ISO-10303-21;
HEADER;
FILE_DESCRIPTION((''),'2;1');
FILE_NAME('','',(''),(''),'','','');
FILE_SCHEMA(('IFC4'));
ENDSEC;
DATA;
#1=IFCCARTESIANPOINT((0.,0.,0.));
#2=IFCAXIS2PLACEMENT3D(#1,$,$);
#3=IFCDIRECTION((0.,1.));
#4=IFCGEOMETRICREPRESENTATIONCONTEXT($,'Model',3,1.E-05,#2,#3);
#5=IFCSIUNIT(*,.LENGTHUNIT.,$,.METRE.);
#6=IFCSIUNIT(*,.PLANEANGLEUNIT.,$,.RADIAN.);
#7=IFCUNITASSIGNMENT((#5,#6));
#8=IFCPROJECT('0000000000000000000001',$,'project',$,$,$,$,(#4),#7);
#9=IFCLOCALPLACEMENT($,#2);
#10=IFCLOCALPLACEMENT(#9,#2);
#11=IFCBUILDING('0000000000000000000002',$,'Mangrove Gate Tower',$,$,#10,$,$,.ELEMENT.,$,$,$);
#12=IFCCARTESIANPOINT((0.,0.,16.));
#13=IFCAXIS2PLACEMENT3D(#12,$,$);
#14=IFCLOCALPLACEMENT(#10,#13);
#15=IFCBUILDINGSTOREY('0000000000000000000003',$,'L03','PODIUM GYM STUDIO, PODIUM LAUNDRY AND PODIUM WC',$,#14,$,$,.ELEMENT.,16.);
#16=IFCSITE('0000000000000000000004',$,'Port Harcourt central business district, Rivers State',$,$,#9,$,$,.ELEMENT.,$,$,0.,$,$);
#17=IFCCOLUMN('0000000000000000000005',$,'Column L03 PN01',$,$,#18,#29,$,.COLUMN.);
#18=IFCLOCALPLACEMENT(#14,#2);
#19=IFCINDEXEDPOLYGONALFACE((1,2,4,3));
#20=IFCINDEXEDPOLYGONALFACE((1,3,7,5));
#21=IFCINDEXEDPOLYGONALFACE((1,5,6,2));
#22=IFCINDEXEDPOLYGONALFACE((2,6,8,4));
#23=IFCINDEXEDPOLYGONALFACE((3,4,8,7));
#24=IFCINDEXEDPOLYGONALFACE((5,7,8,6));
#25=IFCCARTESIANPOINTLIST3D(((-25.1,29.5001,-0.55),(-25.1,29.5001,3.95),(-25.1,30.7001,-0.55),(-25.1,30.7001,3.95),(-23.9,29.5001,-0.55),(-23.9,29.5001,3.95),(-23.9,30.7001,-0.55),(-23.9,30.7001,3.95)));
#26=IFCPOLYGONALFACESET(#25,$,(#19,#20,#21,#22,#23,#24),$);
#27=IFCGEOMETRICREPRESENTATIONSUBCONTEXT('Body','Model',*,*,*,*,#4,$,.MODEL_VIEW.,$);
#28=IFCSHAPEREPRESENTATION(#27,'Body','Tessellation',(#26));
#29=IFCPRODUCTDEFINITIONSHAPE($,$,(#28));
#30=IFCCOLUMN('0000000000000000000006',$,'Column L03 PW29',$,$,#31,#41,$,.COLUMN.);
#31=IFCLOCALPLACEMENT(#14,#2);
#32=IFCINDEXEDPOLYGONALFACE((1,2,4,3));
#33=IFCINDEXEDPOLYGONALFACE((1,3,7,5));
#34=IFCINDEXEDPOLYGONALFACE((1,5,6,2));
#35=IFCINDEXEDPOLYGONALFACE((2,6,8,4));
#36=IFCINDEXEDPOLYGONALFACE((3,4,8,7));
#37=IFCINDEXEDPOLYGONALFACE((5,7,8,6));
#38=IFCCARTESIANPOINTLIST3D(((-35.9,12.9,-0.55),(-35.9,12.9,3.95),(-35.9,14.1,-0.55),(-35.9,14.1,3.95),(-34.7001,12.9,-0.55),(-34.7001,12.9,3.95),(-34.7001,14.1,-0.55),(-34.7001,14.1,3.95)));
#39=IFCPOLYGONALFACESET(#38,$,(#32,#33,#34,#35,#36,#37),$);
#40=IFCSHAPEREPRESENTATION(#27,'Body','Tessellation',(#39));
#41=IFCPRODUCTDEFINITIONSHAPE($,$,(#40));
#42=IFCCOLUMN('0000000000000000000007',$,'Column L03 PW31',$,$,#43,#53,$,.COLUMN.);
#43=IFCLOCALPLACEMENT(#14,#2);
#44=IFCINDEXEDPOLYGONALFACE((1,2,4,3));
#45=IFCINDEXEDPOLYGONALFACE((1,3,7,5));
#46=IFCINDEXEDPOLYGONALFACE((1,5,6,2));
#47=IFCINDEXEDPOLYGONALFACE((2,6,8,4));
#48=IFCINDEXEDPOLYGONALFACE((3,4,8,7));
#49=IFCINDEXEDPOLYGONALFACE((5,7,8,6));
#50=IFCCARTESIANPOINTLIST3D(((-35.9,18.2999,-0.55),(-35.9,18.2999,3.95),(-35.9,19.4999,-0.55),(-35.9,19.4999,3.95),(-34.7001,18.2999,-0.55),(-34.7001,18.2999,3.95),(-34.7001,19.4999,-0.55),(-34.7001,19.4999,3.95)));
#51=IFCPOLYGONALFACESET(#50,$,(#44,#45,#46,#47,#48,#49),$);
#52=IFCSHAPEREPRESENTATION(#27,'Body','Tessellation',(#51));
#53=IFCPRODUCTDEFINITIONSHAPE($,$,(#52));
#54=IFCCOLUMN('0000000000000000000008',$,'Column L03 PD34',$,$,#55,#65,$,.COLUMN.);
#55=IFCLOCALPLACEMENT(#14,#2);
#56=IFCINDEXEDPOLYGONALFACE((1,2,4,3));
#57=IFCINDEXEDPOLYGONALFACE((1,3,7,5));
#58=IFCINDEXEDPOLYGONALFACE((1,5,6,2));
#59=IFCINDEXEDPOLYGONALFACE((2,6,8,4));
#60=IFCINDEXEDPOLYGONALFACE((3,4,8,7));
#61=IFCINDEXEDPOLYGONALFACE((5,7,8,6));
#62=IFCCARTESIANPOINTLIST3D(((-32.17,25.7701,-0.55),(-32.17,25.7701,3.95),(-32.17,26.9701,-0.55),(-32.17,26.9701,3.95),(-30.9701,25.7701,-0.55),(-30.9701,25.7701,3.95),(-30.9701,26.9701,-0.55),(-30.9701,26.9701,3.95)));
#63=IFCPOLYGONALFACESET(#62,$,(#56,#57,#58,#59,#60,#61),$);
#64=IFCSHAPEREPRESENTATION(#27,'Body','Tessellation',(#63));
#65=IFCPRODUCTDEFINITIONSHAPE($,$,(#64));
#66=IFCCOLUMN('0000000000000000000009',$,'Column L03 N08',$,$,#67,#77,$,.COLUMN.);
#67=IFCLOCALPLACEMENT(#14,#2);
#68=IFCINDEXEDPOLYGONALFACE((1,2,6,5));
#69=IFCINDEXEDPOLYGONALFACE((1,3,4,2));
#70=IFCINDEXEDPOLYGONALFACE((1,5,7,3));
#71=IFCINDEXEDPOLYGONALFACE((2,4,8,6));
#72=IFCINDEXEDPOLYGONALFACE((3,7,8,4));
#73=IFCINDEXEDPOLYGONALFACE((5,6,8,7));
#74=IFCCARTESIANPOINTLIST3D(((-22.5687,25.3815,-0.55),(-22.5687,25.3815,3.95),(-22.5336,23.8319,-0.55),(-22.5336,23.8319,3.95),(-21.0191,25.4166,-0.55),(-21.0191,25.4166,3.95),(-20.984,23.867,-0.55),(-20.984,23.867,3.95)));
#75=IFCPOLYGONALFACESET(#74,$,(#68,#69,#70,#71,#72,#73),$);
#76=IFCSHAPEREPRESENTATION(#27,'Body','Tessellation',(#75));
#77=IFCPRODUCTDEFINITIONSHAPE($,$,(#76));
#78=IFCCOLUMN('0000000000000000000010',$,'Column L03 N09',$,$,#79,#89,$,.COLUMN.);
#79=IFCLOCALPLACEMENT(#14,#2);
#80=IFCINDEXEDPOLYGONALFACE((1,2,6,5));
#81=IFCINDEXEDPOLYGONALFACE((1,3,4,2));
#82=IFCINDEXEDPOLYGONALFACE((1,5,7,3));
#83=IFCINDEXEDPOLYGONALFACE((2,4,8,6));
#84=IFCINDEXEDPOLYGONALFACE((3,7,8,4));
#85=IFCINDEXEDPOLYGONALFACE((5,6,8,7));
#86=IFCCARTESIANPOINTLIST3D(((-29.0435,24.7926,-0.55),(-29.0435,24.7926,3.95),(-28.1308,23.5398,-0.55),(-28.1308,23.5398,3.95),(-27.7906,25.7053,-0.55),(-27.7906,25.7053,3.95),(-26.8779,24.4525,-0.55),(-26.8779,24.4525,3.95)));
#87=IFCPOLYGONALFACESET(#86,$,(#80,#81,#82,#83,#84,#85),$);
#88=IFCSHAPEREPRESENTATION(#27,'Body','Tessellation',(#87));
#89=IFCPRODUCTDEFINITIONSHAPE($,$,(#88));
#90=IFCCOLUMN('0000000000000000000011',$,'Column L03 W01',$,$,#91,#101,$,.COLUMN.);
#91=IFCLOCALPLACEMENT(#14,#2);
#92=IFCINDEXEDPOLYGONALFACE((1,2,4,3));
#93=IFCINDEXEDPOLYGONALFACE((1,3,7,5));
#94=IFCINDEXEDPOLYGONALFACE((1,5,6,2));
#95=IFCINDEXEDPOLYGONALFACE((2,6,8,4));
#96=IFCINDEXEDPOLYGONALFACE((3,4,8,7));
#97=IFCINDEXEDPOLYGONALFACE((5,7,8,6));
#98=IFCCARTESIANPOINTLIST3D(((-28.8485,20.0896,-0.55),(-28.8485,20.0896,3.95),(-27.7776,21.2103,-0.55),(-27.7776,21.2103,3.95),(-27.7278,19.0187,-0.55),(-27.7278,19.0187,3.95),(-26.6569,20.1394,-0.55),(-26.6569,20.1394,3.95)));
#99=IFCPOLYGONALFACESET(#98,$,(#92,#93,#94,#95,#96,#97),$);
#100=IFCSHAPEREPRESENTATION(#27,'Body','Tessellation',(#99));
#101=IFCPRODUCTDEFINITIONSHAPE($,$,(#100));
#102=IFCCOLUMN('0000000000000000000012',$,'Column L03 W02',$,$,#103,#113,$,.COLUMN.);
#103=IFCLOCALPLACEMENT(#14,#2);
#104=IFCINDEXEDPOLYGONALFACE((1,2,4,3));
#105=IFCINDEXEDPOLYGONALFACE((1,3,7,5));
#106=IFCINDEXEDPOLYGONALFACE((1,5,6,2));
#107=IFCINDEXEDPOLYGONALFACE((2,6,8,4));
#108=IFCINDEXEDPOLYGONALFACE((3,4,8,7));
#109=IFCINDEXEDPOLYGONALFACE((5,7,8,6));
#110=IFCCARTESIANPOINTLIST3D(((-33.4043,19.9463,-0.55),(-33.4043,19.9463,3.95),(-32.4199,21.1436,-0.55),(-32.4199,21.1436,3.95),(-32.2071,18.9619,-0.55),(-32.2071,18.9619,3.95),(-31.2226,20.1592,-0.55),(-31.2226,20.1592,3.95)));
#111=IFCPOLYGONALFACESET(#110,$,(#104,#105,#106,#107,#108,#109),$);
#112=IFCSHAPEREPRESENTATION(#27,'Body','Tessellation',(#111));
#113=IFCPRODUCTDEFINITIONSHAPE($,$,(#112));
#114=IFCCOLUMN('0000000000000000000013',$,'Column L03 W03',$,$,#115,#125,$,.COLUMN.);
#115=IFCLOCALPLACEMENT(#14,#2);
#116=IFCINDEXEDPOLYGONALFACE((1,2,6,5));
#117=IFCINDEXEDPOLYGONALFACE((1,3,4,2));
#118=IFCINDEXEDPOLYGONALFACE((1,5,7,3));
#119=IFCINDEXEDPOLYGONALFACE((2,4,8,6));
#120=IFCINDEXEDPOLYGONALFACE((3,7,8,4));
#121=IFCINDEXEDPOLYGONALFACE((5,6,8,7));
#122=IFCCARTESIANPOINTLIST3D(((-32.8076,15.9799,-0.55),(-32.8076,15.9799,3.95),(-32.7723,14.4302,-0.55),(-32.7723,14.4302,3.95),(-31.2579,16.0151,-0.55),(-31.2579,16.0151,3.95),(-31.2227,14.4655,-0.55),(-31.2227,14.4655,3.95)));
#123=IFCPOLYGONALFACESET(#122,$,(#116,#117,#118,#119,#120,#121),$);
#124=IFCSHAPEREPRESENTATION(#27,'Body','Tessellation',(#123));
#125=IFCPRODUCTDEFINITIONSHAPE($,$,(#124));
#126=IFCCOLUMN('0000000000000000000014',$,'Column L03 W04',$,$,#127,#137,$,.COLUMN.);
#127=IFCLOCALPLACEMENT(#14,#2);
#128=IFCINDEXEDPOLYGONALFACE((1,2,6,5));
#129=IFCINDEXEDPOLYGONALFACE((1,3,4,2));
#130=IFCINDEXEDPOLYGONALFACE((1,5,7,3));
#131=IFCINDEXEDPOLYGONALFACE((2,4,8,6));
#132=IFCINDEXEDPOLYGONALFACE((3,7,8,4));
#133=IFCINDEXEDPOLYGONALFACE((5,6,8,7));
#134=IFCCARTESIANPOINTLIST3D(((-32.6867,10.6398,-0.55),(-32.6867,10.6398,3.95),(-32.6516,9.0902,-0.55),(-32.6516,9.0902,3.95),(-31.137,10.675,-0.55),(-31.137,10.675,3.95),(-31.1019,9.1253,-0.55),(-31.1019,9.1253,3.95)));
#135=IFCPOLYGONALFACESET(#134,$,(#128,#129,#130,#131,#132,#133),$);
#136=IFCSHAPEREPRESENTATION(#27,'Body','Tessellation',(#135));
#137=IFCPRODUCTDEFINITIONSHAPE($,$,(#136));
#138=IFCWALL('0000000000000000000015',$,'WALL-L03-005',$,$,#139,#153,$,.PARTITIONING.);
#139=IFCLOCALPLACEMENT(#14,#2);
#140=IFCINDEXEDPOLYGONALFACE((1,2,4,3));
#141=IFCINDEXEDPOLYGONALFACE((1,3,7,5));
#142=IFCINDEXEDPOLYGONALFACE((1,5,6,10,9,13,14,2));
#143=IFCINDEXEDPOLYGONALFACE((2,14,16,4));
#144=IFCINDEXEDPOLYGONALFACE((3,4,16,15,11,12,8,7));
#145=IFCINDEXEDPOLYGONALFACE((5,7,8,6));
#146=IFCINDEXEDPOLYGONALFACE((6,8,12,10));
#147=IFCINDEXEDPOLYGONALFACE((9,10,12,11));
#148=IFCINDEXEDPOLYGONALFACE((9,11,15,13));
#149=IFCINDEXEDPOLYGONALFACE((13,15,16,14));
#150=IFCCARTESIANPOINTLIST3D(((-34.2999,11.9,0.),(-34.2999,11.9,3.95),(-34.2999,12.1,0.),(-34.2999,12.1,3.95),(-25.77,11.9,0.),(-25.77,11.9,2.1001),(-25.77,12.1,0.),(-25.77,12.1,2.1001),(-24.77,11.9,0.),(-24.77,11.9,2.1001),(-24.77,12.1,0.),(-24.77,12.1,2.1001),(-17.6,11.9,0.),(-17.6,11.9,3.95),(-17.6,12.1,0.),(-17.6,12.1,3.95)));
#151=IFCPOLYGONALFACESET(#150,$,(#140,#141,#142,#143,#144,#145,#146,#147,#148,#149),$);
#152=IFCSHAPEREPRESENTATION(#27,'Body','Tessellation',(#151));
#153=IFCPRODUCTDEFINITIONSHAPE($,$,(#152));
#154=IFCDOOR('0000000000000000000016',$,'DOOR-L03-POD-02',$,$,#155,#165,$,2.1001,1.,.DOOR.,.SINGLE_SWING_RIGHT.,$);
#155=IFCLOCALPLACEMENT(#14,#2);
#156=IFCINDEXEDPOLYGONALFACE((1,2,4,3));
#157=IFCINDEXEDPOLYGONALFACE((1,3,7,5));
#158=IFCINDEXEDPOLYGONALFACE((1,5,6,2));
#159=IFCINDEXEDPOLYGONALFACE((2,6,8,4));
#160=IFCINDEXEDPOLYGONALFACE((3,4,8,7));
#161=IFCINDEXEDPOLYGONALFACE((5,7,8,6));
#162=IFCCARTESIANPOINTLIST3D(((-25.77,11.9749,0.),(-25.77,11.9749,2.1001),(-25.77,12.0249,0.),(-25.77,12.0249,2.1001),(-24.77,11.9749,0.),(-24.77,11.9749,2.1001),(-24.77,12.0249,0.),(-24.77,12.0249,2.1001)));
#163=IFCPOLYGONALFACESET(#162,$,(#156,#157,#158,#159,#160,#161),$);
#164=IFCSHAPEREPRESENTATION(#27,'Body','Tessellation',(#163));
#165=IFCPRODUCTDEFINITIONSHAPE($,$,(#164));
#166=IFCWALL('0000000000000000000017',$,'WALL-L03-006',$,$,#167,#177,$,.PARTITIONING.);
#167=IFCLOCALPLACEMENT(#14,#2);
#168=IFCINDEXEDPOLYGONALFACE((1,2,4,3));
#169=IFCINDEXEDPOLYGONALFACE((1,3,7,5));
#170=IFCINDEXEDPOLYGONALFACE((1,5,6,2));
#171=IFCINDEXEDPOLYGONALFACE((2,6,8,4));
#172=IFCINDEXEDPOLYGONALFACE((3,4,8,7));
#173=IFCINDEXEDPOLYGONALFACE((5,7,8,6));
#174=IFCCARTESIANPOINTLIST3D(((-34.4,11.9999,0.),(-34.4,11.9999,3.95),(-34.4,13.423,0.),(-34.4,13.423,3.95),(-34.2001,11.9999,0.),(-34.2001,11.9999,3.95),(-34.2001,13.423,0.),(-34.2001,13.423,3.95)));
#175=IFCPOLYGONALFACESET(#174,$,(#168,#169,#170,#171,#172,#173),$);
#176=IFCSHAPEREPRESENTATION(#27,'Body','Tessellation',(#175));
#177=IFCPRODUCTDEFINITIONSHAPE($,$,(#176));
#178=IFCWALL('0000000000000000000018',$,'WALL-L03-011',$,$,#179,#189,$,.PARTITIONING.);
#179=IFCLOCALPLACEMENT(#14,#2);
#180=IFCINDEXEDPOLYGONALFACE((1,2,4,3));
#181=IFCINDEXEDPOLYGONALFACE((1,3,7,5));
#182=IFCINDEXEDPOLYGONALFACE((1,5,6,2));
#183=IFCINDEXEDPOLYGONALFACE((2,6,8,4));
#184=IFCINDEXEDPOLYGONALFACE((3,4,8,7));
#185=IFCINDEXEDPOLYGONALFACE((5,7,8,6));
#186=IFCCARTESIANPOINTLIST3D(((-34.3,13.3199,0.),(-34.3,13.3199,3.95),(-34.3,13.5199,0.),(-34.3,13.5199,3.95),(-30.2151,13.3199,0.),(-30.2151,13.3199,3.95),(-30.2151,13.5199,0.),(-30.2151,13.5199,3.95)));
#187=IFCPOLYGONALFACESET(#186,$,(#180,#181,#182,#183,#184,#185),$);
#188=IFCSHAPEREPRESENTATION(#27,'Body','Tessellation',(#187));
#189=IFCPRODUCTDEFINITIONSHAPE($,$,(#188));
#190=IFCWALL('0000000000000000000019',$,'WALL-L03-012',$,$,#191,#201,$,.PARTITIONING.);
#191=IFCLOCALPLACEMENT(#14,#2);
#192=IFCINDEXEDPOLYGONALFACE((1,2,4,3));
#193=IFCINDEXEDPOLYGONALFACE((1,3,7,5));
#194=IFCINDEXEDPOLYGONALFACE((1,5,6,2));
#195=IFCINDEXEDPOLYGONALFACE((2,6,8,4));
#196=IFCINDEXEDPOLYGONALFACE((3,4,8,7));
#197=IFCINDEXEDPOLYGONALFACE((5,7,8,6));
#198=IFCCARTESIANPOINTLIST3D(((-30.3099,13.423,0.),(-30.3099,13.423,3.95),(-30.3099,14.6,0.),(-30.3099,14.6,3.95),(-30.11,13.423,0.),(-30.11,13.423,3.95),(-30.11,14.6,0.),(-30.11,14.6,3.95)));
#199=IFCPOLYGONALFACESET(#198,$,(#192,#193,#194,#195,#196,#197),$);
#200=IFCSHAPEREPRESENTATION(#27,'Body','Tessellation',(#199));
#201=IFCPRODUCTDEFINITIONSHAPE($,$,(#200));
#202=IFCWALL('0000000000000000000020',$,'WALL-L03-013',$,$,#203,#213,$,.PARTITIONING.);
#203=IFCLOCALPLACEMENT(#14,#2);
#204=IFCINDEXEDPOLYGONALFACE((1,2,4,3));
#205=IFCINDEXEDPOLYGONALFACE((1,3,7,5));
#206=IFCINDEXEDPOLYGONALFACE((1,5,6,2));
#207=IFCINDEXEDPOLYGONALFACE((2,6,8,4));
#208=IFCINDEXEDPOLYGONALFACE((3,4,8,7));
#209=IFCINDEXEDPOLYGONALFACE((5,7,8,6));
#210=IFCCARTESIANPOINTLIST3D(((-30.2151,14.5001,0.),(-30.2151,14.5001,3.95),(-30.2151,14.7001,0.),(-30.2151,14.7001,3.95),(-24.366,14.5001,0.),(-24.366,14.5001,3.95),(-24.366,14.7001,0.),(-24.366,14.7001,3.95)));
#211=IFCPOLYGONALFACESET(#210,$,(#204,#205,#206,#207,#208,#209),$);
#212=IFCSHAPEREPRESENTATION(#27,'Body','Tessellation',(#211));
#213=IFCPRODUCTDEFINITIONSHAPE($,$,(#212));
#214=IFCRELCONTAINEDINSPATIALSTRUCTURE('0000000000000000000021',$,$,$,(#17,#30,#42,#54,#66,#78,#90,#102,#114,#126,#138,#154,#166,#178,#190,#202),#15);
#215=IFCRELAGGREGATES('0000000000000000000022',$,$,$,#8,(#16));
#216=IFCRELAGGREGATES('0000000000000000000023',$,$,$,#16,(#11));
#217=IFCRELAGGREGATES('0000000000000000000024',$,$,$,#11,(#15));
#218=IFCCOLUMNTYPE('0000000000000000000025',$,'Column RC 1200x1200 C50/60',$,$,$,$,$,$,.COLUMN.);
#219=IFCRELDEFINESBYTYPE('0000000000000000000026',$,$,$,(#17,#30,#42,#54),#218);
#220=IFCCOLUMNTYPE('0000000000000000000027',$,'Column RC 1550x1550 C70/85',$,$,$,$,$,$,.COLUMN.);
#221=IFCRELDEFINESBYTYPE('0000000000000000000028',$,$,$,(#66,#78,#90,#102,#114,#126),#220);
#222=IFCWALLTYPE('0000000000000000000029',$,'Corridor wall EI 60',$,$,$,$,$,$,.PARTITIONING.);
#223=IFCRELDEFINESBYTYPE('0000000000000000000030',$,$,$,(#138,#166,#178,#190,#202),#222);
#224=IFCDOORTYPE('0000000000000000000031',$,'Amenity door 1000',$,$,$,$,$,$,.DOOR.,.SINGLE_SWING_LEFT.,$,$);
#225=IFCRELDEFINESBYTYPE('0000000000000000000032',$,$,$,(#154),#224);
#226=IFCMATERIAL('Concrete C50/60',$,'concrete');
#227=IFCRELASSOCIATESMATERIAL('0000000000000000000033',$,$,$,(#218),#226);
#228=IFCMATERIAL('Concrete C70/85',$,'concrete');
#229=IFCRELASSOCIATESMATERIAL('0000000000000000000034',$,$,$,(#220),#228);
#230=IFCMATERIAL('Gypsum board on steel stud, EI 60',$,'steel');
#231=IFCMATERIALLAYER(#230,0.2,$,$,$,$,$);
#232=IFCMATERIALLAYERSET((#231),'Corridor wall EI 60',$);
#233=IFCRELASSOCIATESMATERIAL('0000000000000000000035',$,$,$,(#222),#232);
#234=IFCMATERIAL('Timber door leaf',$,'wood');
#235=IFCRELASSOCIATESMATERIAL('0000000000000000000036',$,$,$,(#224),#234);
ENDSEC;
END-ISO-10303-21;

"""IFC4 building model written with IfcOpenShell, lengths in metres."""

from ifc_helpers import new_model, si_unit, direction, frame, frame_2d, origin, origin_2d, place, context, subcontext, project, spatial, rectangle, extrude, material, layer, layer_set, material_profile, profile_set, type_object, element, fill, save


model = new_model("IFC4")

# Units and contexts
model_context = context("Model", 3, precision=1e-05, world=origin(), true_north=direction((0.0, 1.0)))
body_context = subcontext(model_context, "Body", "Model", "MODEL_VIEW")
ifc_project = project(units=[si_unit("LENGTHUNIT", "METRE"), si_unit("PLANEANGLEUNIT", "RADIAN")], contexts=[model_context])

# Site, building, storey
site_placement = place(None, origin())
site = spatial("IfcSite", under=ifc_project, at=site_placement, Name="Port Harcourt central business district, Rivers State", CompositionType="ELEMENT", RefElevation=0.0)
building_placement = place(site_placement, origin())
building = spatial("IfcBuilding", under=site, at=building_placement, Name="Mangrove Gate Tower", CompositionType="ELEMENT")
storey_placement = place(building_placement, frame((0.0, 0.0, 16.0)))
storey = spatial("IfcBuildingStorey", under=building, at=storey_placement, Name="L03", Description="PODIUM GYM STUDIO, PODIUM LAUNDRY AND PODIUM WC", CompositionType="ELEMENT", Elevation=16.0)

# Columns
ifc_material_1 = material(Name="Concrete C50/60", Category="concrete")
ifc_material_profile_1 = material_profile(ifc_material_1, rectangle(XDim=1.2, YDim=1.2, at=origin_2d()))
ifc_profile_set_1 = profile_set([ifc_material_profile_1], Name="Concrete C50/60")
column_type_1 = type_object("IfcColumnType", Name="Column RC 1200x1200 C50/60", PredefinedType="COLUMN", material=ifc_profile_set_1)
for number, where, z_axis, x_axis, name in (
    (1, (-24.5, 30.1001, -0.55), (0.0, 0.0, 1.0), (1.0, 0.0, 0.0), "Column L03 PN01"),
    (2, (-35.3, 13.5, -0.55), (0.0, 0.0, 1.0), (1.0, 0.0, 0.0), "Column L03 PW29"),
    (3, (-35.3, 18.8999, -0.55), (0.0, 0.0, 1.0), (1.0, 0.0, 0.0), "Column L03 PW31"),
    (4, (-31.5701, 26.3701, -0.55), (0.0, 0.0, 1.0), (1.0, 0.0, 0.0), "Column L03 PD34"),
):
    element("IfcColumn", number, at=place(storey_placement, frame(where, z_axis=z_axis, x_axis=x_axis)), inside=storey, type_object=column_type_1, Name=name, PredefinedType="COLUMN", context=body_context, shape_type="SweptSolid", body=[
        extrude(rectangle(XDim=1.2, YDim=1.2, at=origin_2d()), origin(), (0.0, 0.0, 1.0), 4.5),
    ])
ifc_material_2 = material(Name="Concrete C70/85", Category="concrete")
ifc_material_profile_2 = material_profile(ifc_material_2, rectangle(XDim=1.55, YDim=1.55, at=origin_2d()))
ifc_profile_set_2 = profile_set([ifc_material_profile_2], Name="Concrete C70/85")
column_type_2 = type_object("IfcColumnType", Name="Column RC 1550x1550 C70/85", PredefinedType="COLUMN", material=ifc_profile_set_2)
for number, where, z_axis, x_axis, name in (
    (5, (-21.7764, 24.6243, -0.55), (0.0, 0.0, 1.0), (-0.999744, -0.022643, 0.0), "Column L03 N08"),
    (6, (-27.9607, 24.6226, -0.55), (0.0, 0.0, 1.0), (-0.808269, -0.588813, 0.0), "Column L03 N09"),
    (7, (-27.7527, 20.1145, -0.55), (0.0, 0.0, 1.0), (-0.690863, -0.722986, 0.0), "Column L03 W01"),
    (8, (-32.3135, 20.0527, -0.55), (0.0, 0.0, 1.0), (-0.635105, -0.772425, 0.0), "Column L03 W02"),
    (9, (-32.0151, 15.2227, -0.55), (0.0, 0.0, 1.0), (0.022747, -0.999741, 0.0), "Column L03 W03"),
    (10, (-31.8943, 9.8826, -0.55), (0.0, 0.0, 1.0), (0.022653, -0.999743, 0.0), "Column L03 W04"),
):
    element("IfcColumn", number, at=place(storey_placement, frame(where, z_axis=z_axis, x_axis=x_axis)), inside=storey, type_object=column_type_2, Name=name, PredefinedType="COLUMN", context=body_context, shape_type="SweptSolid", body=[
        extrude(rectangle(XDim=1.55, YDim=1.55, at=origin_2d()), origin(), (0.0, 0.0, 1.0), 4.5),
    ])

# Wall, opening, door
ifc_material_3 = material(Name="Gypsum board on steel stud, EI 60", Category="steel")
ifc_layer_1 = layer(ifc_material_3, 0.2)
ifc_layer_set_1 = layer_set([ifc_layer_1], Name="Corridor wall EI 60")
wall_type_1 = type_object("IfcWallType", Name="Corridor wall EI 60", PredefinedType="PARTITIONING", material=ifc_layer_set_1)
wall_1_placement = place(storey_placement, frame((-34.3, 12.0, 0.0), z_axis=(0.0, 0.0, 1.0), x_axis=(1.0, 0.0, 0.0)))
wall_1 = element("IfcWall", 11, at=wall_1_placement, inside=storey, type_object=wall_type_1, Name="WALL-L03-005", PredefinedType="PARTITIONING", context=body_context, shape_type="SweptSolid", body=[
    extrude(rectangle(XDim=16.7, YDim=0.2, at=frame_2d((8.3501, 0.0))), origin(), (0.0, 0.0, 1.0), 3.95),
])
opening_1_placement = place(wall_1_placement, frame((8.53, 0.0, 0.0)))
opening_1 = element("IfcOpeningElement", 12, at=opening_1_placement, cuts=wall_1, PredefinedType="OPENING", context=body_context, shape_type="SweptSolid", body=[
    extrude(rectangle(XDim=1.0, YDim=2.1001, at=frame_2d((0.5, 1.05))), frame((0.0, 0.1099, 0.0), z_axis=(0.0, -1.0, 0.0), x_axis=(1.0, 0.0, 0.0)), (0.0, 0.0, 1.0), 0.22),
])
ifc_material_4 = material(Name="Timber door leaf", Category="wood")
door_type = type_object("IfcDoorType", Name="Amenity door 1000", OperationType="SINGLE_SWING_LEFT", PredefinedType="DOOR", material=ifc_material_4)
door_placement = place(opening_1_placement, origin())
door = element("IfcDoor", 13, at=door_placement, inside=storey, type_object=door_type, Name="DOOR-L03-POD-02", OperationType="SINGLE_SWING_RIGHT", OverallHeight=2.1001, OverallWidth=1.0, PredefinedType="DOOR", context=body_context, shape_type="SweptSolid", body=[
    extrude(rectangle(XDim=1.0, YDim=2.1001, at=frame_2d((0.5, 1.05))), frame((0.0, 0.0249, 0.0), z_axis=(0.0, -1.0, 0.0), x_axis=(1.0, 0.0, 0.0)), (0.0, 0.0, 1.0), 0.05),
])
fill(opening_1, door)

# Walls
wall_2_placement = place(storey_placement, frame((-34.3, 12.0, 0.0), z_axis=(0.0, 0.0, 1.0), x_axis=(0.0, 1.0, 0.0)))
element("IfcWall", 14, at=wall_2_placement, inside=storey, type_object=wall_type_1, Name="WALL-L03-006", PredefinedType="PARTITIONING", context=body_context, shape_type="SweptSolid", body=[
    extrude(rectangle(XDim=1.4231, YDim=0.2, at=frame_2d((0.7114, 0.0))), origin(), (0.0, 0.0, 1.0), 3.95),
])
wall_3_placement = place(storey_placement, frame((-34.3, 13.4199, 0.0), z_axis=(0.0, 0.0, 1.0), x_axis=(1.0, 0.0, 0.0)))
element("IfcWall", 15, at=wall_3_placement, inside=storey, type_object=wall_type_1, Name="WALL-L03-011", PredefinedType="PARTITIONING", context=body_context, shape_type="SweptSolid", body=[
    extrude(rectangle(XDim=4.085, YDim=0.2, at=frame_2d((2.0425, 0.0))), origin(), (0.0, 0.0, 1.0), 3.95),
])
wall_4_placement = place(storey_placement, frame((-30.21, 13.4231, 0.0), z_axis=(0.0, 0.0, 1.0), x_axis=(0.0, 1.0, 0.0)))
element("IfcWall", 16, at=wall_4_placement, inside=storey, type_object=wall_type_1, Name="WALL-L03-012", PredefinedType="PARTITIONING", context=body_context, shape_type="SweptSolid", body=[
    extrude(rectangle(XDim=1.177, YDim=0.2, at=frame_2d((0.5884, 0.0))), origin(), (0.0, 0.0, 1.0), 3.95),
])
wall_5_placement = place(storey_placement, frame((-30.2151, 14.6001, 0.0), z_axis=(0.0, 0.0, 1.0), x_axis=(1.0, 0.0, 0.0)))
element("IfcWall", 17, at=wall_5_placement, inside=storey, type_object=wall_type_1, Name="WALL-L03-013", PredefinedType="PARTITIONING", context=body_context, shape_type="SweptSolid", body=[
    extrude(rectangle(XDim=5.8491, YDim=0.2, at=frame_2d((2.9246, 0.0))), origin(), (0.0, 0.0, 1.0), 3.95),
])

save(model, "model.ifc")
